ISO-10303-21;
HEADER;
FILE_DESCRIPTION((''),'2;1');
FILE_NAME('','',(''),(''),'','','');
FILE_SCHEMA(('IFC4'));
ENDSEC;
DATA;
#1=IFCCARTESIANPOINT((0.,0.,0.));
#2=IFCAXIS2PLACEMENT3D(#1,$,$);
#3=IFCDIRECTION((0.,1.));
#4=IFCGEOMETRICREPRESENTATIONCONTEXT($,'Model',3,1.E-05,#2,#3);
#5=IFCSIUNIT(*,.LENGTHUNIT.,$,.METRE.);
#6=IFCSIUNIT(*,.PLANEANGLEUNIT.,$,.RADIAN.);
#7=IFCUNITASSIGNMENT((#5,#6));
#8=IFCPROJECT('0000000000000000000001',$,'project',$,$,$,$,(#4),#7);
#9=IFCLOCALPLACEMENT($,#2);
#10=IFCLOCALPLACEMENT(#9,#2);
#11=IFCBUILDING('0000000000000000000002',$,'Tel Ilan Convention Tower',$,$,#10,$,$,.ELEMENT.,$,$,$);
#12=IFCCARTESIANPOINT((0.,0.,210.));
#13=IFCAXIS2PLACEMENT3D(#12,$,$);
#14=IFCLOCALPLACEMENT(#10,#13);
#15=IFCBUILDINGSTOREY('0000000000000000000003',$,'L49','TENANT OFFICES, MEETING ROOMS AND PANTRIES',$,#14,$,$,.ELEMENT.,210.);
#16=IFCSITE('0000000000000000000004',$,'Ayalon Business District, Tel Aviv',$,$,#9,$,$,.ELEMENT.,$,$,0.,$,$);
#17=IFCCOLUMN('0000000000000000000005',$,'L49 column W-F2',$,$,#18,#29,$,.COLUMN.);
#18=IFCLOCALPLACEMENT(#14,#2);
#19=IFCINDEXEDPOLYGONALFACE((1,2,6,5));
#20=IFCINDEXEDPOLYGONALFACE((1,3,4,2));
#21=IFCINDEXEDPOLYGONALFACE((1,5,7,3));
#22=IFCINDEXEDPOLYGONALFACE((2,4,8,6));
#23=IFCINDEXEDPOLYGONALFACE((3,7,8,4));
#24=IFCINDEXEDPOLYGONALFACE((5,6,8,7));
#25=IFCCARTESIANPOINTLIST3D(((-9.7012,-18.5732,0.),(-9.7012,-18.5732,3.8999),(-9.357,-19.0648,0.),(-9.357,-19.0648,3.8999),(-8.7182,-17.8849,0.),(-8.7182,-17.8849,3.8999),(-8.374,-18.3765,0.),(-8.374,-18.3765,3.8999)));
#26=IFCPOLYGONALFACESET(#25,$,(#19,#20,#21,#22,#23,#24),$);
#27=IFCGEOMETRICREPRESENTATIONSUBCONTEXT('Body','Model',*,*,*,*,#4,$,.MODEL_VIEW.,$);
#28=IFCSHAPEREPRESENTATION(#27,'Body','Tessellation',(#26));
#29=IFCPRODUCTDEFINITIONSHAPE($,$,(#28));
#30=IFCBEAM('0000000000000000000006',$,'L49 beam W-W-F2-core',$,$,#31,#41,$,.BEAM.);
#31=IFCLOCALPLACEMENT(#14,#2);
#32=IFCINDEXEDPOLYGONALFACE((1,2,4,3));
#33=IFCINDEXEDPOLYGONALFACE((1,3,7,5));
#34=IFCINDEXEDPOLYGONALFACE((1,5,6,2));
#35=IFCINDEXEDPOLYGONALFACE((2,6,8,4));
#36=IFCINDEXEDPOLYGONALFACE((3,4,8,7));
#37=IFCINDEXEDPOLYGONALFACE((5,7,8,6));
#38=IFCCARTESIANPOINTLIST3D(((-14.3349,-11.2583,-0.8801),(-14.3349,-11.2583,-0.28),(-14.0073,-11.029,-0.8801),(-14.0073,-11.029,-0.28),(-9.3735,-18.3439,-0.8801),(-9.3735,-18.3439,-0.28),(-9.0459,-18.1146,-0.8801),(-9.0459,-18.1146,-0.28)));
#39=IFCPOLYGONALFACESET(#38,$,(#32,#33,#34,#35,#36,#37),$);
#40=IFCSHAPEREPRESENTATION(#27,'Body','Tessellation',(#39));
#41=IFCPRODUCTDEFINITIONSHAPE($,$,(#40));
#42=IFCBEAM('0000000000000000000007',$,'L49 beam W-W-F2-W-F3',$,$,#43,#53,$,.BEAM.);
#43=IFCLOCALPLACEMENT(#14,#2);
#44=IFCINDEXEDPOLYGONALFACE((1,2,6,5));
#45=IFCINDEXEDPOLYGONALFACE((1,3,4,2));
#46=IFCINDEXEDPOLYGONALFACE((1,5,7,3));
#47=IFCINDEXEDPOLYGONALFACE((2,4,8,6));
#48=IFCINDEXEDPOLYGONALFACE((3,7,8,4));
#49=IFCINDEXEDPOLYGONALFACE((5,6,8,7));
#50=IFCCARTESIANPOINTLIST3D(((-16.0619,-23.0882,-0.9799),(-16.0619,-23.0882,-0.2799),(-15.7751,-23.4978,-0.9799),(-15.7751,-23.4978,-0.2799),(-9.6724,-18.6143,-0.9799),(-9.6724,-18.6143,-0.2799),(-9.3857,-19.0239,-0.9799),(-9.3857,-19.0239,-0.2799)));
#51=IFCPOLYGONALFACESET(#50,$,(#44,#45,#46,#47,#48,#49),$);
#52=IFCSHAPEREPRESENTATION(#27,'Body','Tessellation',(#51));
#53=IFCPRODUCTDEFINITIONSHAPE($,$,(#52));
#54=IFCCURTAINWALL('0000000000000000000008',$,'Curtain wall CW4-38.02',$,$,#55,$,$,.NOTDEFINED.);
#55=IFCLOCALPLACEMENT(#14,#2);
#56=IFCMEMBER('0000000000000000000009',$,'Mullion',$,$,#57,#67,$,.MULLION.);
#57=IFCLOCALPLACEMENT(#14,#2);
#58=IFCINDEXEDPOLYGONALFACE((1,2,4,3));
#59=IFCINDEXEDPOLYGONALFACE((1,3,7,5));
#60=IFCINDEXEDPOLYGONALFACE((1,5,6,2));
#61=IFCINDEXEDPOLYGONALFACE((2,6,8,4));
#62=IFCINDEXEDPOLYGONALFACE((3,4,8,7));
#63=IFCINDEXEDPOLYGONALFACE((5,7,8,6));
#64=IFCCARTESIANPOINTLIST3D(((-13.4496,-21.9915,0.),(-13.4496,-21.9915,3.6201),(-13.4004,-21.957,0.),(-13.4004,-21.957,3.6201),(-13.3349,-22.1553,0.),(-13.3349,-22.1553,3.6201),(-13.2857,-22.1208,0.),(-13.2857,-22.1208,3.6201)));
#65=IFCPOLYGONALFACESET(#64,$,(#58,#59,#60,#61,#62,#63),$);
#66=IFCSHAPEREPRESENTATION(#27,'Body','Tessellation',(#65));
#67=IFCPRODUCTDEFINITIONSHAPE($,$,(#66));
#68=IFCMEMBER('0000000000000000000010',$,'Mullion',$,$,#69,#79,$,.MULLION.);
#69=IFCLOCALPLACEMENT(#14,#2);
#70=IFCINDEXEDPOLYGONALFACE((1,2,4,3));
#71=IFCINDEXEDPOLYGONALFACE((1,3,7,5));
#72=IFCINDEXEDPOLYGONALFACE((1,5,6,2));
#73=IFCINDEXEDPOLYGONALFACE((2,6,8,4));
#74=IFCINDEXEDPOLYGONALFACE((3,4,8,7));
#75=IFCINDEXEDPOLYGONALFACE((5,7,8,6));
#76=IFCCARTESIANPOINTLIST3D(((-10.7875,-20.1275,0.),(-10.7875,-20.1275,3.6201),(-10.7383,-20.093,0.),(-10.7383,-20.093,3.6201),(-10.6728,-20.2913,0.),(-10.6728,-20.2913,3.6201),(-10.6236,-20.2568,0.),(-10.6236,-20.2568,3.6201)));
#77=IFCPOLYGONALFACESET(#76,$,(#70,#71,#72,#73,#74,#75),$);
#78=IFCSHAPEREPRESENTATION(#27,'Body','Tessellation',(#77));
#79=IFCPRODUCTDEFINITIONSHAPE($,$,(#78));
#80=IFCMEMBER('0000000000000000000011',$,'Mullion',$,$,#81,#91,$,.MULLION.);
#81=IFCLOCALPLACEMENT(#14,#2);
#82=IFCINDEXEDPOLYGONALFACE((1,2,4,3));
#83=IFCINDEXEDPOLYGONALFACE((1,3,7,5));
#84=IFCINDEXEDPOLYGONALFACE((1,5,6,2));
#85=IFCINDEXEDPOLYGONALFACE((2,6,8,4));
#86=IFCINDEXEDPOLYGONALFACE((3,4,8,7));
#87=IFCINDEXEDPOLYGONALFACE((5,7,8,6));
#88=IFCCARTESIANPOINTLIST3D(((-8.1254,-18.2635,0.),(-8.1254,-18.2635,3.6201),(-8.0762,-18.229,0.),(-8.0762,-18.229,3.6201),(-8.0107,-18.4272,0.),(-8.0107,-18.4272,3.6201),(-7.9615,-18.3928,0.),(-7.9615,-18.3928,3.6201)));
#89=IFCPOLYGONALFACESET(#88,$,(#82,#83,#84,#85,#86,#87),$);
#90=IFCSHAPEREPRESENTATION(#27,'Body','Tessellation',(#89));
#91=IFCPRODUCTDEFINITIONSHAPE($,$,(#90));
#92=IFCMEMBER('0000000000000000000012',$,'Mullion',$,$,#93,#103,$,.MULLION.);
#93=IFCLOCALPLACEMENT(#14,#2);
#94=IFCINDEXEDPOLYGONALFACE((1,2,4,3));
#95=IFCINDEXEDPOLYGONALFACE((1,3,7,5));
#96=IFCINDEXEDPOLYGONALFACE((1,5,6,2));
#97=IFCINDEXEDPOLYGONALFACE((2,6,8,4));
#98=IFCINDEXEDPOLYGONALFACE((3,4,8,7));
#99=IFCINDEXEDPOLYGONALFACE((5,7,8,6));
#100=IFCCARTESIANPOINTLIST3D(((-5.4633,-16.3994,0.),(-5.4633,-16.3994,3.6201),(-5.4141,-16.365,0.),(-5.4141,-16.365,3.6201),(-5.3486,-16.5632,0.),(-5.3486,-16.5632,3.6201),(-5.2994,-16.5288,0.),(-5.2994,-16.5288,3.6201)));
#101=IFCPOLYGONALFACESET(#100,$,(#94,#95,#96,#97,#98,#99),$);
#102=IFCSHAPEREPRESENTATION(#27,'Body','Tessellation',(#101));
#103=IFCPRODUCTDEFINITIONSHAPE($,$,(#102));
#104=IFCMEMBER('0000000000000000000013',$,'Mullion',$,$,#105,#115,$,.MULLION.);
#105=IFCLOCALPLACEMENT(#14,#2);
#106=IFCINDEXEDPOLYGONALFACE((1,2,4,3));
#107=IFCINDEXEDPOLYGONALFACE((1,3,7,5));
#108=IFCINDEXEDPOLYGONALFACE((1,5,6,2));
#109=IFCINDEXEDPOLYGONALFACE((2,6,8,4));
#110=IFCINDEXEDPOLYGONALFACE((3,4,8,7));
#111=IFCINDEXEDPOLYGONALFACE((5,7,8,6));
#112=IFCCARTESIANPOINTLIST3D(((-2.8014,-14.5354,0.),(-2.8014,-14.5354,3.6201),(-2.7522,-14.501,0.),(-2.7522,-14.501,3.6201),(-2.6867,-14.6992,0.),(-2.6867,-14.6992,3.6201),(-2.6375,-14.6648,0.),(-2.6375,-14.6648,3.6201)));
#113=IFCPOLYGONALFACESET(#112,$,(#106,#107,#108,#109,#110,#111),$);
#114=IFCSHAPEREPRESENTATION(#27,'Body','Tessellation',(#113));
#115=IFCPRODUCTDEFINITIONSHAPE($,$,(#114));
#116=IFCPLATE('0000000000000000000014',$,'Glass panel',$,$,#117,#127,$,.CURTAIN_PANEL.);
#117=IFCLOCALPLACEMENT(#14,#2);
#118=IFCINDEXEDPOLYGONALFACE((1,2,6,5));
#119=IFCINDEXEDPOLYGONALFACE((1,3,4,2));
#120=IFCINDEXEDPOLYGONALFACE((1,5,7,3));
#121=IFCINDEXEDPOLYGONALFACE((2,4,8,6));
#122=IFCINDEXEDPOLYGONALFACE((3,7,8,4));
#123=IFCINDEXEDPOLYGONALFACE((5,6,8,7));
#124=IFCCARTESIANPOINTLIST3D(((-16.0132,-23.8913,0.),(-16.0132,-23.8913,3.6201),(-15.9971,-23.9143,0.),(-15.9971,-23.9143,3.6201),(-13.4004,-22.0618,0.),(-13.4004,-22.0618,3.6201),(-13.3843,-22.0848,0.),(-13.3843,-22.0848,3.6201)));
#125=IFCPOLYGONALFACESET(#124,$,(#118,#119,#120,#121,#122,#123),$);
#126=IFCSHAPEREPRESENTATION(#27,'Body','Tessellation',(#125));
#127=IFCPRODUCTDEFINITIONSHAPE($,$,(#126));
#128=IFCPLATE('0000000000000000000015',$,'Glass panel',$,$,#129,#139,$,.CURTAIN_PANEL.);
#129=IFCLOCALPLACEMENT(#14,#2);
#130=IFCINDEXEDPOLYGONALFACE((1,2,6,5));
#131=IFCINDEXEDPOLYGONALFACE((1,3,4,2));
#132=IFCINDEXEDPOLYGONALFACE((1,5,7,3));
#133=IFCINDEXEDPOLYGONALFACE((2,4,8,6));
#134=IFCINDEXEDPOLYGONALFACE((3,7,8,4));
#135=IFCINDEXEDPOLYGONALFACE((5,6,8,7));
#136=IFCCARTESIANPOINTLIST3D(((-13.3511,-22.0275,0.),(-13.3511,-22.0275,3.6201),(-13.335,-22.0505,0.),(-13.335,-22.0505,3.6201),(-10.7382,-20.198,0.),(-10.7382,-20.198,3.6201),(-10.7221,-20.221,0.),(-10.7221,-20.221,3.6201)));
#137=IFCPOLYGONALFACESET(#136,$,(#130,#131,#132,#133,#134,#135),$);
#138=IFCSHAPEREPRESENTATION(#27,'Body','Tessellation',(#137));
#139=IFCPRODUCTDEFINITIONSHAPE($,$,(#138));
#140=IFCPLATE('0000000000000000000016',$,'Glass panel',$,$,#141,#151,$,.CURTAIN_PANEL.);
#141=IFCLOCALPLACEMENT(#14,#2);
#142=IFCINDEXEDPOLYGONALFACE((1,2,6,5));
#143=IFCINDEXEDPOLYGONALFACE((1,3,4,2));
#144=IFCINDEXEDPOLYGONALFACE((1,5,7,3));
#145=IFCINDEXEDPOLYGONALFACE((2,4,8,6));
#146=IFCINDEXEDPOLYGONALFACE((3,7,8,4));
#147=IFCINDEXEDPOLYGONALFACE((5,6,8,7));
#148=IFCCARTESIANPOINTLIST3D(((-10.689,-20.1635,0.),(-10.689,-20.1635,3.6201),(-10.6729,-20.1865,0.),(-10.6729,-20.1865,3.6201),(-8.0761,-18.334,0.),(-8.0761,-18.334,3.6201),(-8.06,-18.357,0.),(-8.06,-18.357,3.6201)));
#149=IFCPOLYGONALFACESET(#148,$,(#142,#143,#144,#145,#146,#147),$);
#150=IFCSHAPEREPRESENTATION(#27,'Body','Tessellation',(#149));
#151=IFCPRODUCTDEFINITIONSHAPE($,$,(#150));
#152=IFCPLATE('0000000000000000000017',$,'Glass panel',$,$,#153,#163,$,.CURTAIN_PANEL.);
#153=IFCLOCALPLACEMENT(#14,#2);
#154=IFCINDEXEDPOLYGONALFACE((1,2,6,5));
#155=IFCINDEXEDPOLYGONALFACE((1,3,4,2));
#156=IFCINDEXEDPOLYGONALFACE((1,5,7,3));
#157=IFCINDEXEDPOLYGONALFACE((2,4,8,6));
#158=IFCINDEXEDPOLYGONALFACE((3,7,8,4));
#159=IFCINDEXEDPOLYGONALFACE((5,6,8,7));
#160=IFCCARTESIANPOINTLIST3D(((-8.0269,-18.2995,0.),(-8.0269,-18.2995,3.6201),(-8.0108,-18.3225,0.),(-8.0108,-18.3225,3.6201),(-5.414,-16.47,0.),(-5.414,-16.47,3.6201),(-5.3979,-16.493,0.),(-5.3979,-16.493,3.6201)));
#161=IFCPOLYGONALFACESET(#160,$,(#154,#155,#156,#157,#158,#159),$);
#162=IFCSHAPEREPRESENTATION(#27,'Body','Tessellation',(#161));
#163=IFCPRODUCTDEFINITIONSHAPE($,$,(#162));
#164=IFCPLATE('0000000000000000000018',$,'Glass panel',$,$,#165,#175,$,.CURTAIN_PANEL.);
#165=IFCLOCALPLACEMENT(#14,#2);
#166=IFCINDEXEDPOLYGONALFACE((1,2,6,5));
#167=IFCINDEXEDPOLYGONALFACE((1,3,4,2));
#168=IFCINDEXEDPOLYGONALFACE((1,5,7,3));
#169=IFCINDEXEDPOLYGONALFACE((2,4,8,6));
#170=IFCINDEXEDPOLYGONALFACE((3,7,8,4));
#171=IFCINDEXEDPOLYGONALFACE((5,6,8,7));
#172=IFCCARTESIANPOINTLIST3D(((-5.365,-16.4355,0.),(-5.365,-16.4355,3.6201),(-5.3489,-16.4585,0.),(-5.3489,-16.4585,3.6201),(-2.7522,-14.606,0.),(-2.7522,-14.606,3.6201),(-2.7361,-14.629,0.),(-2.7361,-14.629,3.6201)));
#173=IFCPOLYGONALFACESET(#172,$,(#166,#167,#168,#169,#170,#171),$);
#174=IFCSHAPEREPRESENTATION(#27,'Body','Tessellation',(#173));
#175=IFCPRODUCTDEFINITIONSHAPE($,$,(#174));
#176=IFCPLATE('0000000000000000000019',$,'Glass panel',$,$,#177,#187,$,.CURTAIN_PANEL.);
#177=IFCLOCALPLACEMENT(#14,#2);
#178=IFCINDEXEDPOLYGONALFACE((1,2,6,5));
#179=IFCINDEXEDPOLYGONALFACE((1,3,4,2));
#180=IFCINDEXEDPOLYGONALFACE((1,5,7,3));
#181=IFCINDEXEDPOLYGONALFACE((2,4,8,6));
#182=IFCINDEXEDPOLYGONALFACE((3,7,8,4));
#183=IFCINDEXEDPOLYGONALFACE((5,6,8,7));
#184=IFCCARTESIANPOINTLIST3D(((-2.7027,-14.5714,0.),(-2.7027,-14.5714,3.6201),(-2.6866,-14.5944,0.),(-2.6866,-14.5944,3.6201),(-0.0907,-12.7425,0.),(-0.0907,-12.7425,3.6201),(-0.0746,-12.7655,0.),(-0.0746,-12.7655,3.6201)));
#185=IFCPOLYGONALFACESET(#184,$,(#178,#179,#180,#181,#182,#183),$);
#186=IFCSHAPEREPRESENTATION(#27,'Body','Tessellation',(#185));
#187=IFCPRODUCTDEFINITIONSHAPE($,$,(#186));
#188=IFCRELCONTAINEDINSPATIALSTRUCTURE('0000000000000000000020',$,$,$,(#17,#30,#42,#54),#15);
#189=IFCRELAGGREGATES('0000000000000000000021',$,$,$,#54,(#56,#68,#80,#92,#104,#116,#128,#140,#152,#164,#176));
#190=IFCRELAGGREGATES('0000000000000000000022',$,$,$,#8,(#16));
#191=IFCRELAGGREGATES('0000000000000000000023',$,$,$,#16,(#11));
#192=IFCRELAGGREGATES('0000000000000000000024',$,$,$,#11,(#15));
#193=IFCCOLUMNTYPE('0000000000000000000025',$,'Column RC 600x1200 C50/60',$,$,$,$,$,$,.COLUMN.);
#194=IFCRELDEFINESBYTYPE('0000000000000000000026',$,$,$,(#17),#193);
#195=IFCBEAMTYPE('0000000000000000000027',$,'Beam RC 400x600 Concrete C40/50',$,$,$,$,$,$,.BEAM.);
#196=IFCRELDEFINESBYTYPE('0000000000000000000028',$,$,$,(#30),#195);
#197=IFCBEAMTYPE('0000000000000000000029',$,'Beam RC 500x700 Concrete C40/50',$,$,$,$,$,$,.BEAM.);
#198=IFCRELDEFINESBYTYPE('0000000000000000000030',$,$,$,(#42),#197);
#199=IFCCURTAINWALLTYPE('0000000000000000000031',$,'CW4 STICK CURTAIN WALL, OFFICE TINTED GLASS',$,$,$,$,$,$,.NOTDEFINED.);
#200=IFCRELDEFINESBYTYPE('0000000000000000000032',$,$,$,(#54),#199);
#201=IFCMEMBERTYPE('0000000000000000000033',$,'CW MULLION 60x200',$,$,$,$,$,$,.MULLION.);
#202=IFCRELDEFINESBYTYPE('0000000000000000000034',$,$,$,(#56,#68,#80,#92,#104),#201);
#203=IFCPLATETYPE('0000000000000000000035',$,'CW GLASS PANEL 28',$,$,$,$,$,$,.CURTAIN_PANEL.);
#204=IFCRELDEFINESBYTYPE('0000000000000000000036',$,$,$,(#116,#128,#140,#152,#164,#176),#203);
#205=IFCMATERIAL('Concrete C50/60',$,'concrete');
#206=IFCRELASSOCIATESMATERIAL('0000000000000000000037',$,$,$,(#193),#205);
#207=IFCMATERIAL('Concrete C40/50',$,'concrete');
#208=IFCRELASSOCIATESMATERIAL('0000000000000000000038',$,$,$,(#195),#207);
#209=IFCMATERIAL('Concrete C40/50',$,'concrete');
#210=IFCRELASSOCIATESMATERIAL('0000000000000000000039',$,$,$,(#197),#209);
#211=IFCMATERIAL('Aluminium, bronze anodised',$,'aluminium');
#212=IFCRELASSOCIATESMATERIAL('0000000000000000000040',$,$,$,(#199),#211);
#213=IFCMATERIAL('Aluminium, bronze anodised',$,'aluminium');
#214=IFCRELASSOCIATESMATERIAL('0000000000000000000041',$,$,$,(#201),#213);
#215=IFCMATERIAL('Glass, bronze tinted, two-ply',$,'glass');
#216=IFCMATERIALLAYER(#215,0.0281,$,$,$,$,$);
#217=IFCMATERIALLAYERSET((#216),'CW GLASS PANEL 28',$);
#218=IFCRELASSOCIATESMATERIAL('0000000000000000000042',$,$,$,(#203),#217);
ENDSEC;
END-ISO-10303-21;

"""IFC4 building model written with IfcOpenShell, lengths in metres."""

from ifc_helpers import new_model, si_unit, direction, frame, origin, origin_2d, place, context, subcontext, project, spatial, rectangle, extrude, material, layer, layer_set, material_profile, profile_set, type_object, element, aggregate, save


model = new_model("IFC4")

# Units and contexts
model_context = context("Model", 3, precision=1e-05, world=origin(), true_north=direction((0.0, 1.0)))
body_context = subcontext(model_context, "Body", "Model", "MODEL_VIEW")
ifc_project = project(units=[si_unit("LENGTHUNIT", "METRE"), si_unit("PLANEANGLEUNIT", "RADIAN")], contexts=[model_context])

# Site, building, storey
site_placement = place(None, origin())
site = spatial("IfcSite", under=ifc_project, at=site_placement, Name="Ayalon Business District, Tel Aviv", CompositionType="ELEMENT", RefElevation=0.0)
building_placement = place(site_placement, origin())
building = spatial("IfcBuilding", under=site, at=building_placement, Name="Tel Ilan Convention Tower", CompositionType="ELEMENT")
storey_placement = place(building_placement, frame((0.0, 0.0, 210.0)))
storey = spatial("IfcBuildingStorey", under=building, at=storey_placement, Name="L49", Description="TENANT OFFICES, MEETING ROOMS AND PANTRIES", CompositionType="ELEMENT", Elevation=210.0)

# Column
ifc_material_1 = material(Name="Concrete C50/60", Category="concrete")
ifc_material_profile_1 = material_profile(ifc_material_1, rectangle(XDim=1.2, YDim=0.6001, at=origin_2d()), Name="RC 600x1200")
ifc_profile_set_1 = profile_set([ifc_material_profile_1], Name="Concrete C50/60")
column_type = type_object("IfcColumnType", Name="Column RC 600x1200 C50/60", PredefinedType="COLUMN", material=ifc_profile_set_1)
column_placement = place(storey_placement, frame((-9.0376, -18.4749, 0.0), z_axis=(0.0, 0.0, 1.0), x_axis=(-0.819152, -0.573576, 0.0)))
element("IfcColumn", 1, at=column_placement, inside=storey, type_object=column_type, Name="L49 column W-F2", PredefinedType="COLUMN", context=body_context, shape_type="SweptSolid", body=[
    extrude(rectangle(XDim=1.2, YDim=0.6001, at=origin_2d()), origin(), (0.0, 0.0, 1.0), 3.8999),
])

# Beams
ifc_material_2 = material(Name="Concrete C40/50", Category="concrete")
ifc_material_profile_2 = material_profile(ifc_material_2, rectangle(XDim=0.3999, YDim=0.6001, at=origin_2d()), Name="RC 400x600")
ifc_profile_set_2 = profile_set([ifc_material_profile_2], Name="Concrete C40/50")
beam_type_1 = type_object("IfcBeamType", Name="Beam RC 400x600 Concrete C40/50", PredefinedType="BEAM", material=ifc_profile_set_2)
beam_1_placement = place(storey_placement, frame((-9.2097, -18.2292, -0.5801), z_axis=(-0.573574, 0.819154, 0.0), x_axis=(-0.819154, -0.573574, 0.0)))
element("IfcBeam", 2, at=beam_1_placement, inside=storey, type_object=beam_type_1, Name="L49 beam W-W-F2-core", PredefinedType="BEAM", context=body_context, shape_type="SweptSolid", body=[
    extrude(rectangle(XDim=0.3999, YDim=0.6001, at=origin_2d()), origin(), (0.0, 0.0, 1.0), 8.6499),
])
ifc_material_3 = material(Name="Concrete C40/50", Category="concrete")
ifc_material_profile_3 = material_profile(ifc_material_3, rectangle(XDim=0.5, YDim=0.7, at=origin_2d()), Name="RC 500x700")
ifc_profile_set_3 = profile_set([ifc_material_profile_3], Name="Concrete C40/50")
beam_type_2 = type_object("IfcBeamType", Name="Beam RC 500x700 Concrete C40/50", PredefinedType="BEAM", material=ifc_profile_set_3)
beam_2_placement = place(storey_placement, frame((-9.5291, -18.8191, -0.6299), z_axis=(-0.819154, -0.573574, 0.0), x_axis=(0.573574, -0.819154, 0.0)))
element("IfcBeam", 3, at=beam_2_placement, inside=storey, type_object=beam_type_2, Name="L49 beam W-W-F2-W-F3", PredefinedType="BEAM", context=body_context, shape_type="SweptSolid", body=[
    extrude(rectangle(XDim=0.5, YDim=0.7, at=origin_2d()), origin(), (0.0, 0.0, 1.0), 7.8),
])

# Curtain wall, members, plates
ifc_material_4 = material(Name="Aluminium, bronze anodised", Category="aluminium")
curtain_wall_type = type_object("IfcCurtainWallType", Name="CW4 STICK CURTAIN WALL, OFFICE TINTED GLASS", PredefinedType="NOTDEFINED", material=ifc_material_4)
curtain_wall_placement = place(storey_placement, origin())
curtain_wall = element("IfcCurtainWall", 4, at=curtain_wall_placement, inside=storey, type_object=curtain_wall_type, Name="Curtain wall CW4-38.02", PredefinedType="NOTDEFINED")
ifc_material_5 = material(Name="Aluminium, bronze anodised", Category="aluminium")
ifc_material_profile_4 = material_profile(ifc_material_5, rectangle(XDim=0.0601, YDim=0.2, at=origin_2d()), Name="CW MULLION 60x200")
ifc_profile_set_4 = profile_set([ifc_material_profile_4], Name="Aluminium, bronze anodised")
member_type = type_object("IfcMemberType", Name="CW MULLION 60x200", PredefinedType="MULLION", material=ifc_profile_set_4)
member_1_placement = place(storey_placement, frame((-13.3677, -22.0562, 0.0), z_axis=(0.0, 0.0, 1.0), x_axis=(0.819152, 0.573576, 0.0)))
member_1 = element("IfcMember", 5, at=member_1_placement, type_object=member_type, Name="Mullion", PredefinedType="MULLION", context=body_context, shape_type="SweptSolid", body=[
    extrude(rectangle(XDim=0.0601, YDim=0.2, at=origin_2d()), origin(), (0.0, 0.0, 1.0), 3.6201),
])
member_2_placement = place(storey_placement, frame((-10.7056, -20.1921, 0.0), z_axis=(0.0, 0.0, 1.0), x_axis=(0.819152, 0.573576, 0.0)))
member_2 = element("IfcMember", 6, at=member_2_placement, type_object=member_type, Name="Mullion", PredefinedType="MULLION", context=body_context, shape_type="SweptSolid", body=[
    extrude(rectangle(XDim=0.0601, YDim=0.2, at=origin_2d()), origin(), (0.0, 0.0, 1.0), 3.6201),
])
member_3_placement = place(storey_placement, frame((-8.0435, -18.3281, 0.0), z_axis=(0.0, 0.0, 1.0), x_axis=(0.819152, 0.573576, 0.0)))
member_3 = element("IfcMember", 7, at=member_3_placement, type_object=member_type, Name="Mullion", PredefinedType="MULLION", context=body_context, shape_type="SweptSolid", body=[
    extrude(rectangle(XDim=0.0601, YDim=0.2, at=origin_2d()), origin(), (0.0, 0.0, 1.0), 3.6201),
])
member_4_placement = place(storey_placement, frame((-5.3813, -16.4641, 0.0), z_axis=(0.0, 0.0, 1.0), x_axis=(0.819152, 0.573576, 0.0)))
member_4 = element("IfcMember", 8, at=member_4_placement, type_object=member_type, Name="Mullion", PredefinedType="MULLION", context=body_context, shape_type="SweptSolid", body=[
    extrude(rectangle(XDim=0.0601, YDim=0.2, at=origin_2d()), origin(), (0.0, 0.0, 1.0), 3.6201),
])
member_5_placement = place(storey_placement, frame((-2.7195, -14.6001, 0.0), z_axis=(0.0, 0.0, 1.0), x_axis=(0.819152, 0.573576, 0.0)))
member_5 = element("IfcMember", 9, at=member_5_placement, type_object=member_type, Name="Mullion", PredefinedType="MULLION", context=body_context, shape_type="SweptSolid", body=[
    extrude(rectangle(XDim=0.0601, YDim=0.2, at=origin_2d()), origin(), (0.0, 0.0, 1.0), 3.6201),
])
ifc_material_6 = material(Name="Glass, bronze tinted, two-ply", Category="glass")
ifc_layer_1 = layer(ifc_material_6, 0.0281)
ifc_layer_set_1 = layer_set([ifc_layer_1], Name="CW GLASS PANEL 28")
plate_type = type_object("IfcPlateType", Name="CW GLASS PANEL 28", PredefinedType="CURTAIN_PANEL", material=ifc_layer_set_1)
plate_1_placement = place(storey_placement, frame((-14.6987, -22.988, 0.0), z_axis=(0.0, 0.0, 1.0), x_axis=(0.819152, 0.573576, 0.0)))
plate_1 = element("IfcPlate", 10, at=plate_1_placement, type_object=plate_type, Name="Glass panel", PredefinedType="CURTAIN_PANEL", context=body_context, shape_type="SweptSolid", body=[
    extrude(rectangle(XDim=3.1897, YDim=0.0281, at=origin_2d()), origin(), (0.0, 0.0, 1.0), 3.6201),
])
plate_2_placement = place(storey_placement, frame((-12.0366, -21.1243, 0.0), z_axis=(0.0, 0.0, 1.0), x_axis=(0.819152, 0.573576, 0.0)))
plate_2 = element("IfcPlate", 11, at=plate_2_placement, type_object=plate_type, Name="Glass panel", PredefinedType="CURTAIN_PANEL", context=body_context, shape_type="SweptSolid", body=[
    extrude(rectangle(XDim=3.1897, YDim=0.0281, at=origin_2d()), origin(), (0.0, 0.0, 1.0), 3.6201),
])
plate_3_placement = place(storey_placement, frame((-9.3745, -19.2603, 0.0), z_axis=(0.0, 0.0, 1.0), x_axis=(0.819152, 0.573576, 0.0)))
plate_3 = element("IfcPlate", 12, at=plate_3_placement, type_object=plate_type, Name="Glass panel", PredefinedType="CURTAIN_PANEL", context=body_context, shape_type="SweptSolid", body=[
    extrude(rectangle(XDim=3.1897, YDim=0.0281, at=origin_2d()), origin(), (0.0, 0.0, 1.0), 3.6201),
])
plate_4_placement = place(storey_placement, frame((-6.7124, -17.3962, 0.0), z_axis=(0.0, 0.0, 1.0), x_axis=(0.819152, 0.573576, 0.0)))
plate_4 = element("IfcPlate", 13, at=plate_4_placement, type_object=plate_type, Name="Glass panel", PredefinedType="CURTAIN_PANEL", context=body_context, shape_type="SweptSolid", body=[
    extrude(rectangle(XDim=3.1897, YDim=0.0281, at=origin_2d()), origin(), (0.0, 0.0, 1.0), 3.6201),
])
plate_5_placement = place(storey_placement, frame((-4.0505, -15.5322, 0.0), z_axis=(0.0, 0.0, 1.0), x_axis=(0.819152, 0.573576, 0.0)))
plate_5 = element("IfcPlate", 14, at=plate_5_placement, type_object=plate_type, Name="Glass panel", PredefinedType="CURTAIN_PANEL", context=body_context, shape_type="SweptSolid", body=[
    extrude(rectangle(XDim=3.1897, YDim=0.0281, at=origin_2d()), origin(), (0.0, 0.0, 1.0), 3.6201),
])
plate_6_placement = place(storey_placement, frame((-1.3887, -13.6685, 0.0), z_axis=(0.0, 0.0, 1.0), x_axis=(0.819152, 0.573576, 0.0)))
plate_6 = element("IfcPlate", 15, at=plate_6_placement, type_object=plate_type, Name="Glass panel", PredefinedType="CURTAIN_PANEL", context=body_context, shape_type="SweptSolid", body=[
    extrude(rectangle(XDim=3.1887, YDim=0.0281, at=origin_2d()), origin(), (0.0, 0.0, 1.0), 3.6201),
])
aggregate(curtain_wall, [member_1, member_2, member_3, member_4, member_5, plate_1, plate_2, plate_3, plate_4, plate_5, plate_6])

save(model, "model.ifc")
